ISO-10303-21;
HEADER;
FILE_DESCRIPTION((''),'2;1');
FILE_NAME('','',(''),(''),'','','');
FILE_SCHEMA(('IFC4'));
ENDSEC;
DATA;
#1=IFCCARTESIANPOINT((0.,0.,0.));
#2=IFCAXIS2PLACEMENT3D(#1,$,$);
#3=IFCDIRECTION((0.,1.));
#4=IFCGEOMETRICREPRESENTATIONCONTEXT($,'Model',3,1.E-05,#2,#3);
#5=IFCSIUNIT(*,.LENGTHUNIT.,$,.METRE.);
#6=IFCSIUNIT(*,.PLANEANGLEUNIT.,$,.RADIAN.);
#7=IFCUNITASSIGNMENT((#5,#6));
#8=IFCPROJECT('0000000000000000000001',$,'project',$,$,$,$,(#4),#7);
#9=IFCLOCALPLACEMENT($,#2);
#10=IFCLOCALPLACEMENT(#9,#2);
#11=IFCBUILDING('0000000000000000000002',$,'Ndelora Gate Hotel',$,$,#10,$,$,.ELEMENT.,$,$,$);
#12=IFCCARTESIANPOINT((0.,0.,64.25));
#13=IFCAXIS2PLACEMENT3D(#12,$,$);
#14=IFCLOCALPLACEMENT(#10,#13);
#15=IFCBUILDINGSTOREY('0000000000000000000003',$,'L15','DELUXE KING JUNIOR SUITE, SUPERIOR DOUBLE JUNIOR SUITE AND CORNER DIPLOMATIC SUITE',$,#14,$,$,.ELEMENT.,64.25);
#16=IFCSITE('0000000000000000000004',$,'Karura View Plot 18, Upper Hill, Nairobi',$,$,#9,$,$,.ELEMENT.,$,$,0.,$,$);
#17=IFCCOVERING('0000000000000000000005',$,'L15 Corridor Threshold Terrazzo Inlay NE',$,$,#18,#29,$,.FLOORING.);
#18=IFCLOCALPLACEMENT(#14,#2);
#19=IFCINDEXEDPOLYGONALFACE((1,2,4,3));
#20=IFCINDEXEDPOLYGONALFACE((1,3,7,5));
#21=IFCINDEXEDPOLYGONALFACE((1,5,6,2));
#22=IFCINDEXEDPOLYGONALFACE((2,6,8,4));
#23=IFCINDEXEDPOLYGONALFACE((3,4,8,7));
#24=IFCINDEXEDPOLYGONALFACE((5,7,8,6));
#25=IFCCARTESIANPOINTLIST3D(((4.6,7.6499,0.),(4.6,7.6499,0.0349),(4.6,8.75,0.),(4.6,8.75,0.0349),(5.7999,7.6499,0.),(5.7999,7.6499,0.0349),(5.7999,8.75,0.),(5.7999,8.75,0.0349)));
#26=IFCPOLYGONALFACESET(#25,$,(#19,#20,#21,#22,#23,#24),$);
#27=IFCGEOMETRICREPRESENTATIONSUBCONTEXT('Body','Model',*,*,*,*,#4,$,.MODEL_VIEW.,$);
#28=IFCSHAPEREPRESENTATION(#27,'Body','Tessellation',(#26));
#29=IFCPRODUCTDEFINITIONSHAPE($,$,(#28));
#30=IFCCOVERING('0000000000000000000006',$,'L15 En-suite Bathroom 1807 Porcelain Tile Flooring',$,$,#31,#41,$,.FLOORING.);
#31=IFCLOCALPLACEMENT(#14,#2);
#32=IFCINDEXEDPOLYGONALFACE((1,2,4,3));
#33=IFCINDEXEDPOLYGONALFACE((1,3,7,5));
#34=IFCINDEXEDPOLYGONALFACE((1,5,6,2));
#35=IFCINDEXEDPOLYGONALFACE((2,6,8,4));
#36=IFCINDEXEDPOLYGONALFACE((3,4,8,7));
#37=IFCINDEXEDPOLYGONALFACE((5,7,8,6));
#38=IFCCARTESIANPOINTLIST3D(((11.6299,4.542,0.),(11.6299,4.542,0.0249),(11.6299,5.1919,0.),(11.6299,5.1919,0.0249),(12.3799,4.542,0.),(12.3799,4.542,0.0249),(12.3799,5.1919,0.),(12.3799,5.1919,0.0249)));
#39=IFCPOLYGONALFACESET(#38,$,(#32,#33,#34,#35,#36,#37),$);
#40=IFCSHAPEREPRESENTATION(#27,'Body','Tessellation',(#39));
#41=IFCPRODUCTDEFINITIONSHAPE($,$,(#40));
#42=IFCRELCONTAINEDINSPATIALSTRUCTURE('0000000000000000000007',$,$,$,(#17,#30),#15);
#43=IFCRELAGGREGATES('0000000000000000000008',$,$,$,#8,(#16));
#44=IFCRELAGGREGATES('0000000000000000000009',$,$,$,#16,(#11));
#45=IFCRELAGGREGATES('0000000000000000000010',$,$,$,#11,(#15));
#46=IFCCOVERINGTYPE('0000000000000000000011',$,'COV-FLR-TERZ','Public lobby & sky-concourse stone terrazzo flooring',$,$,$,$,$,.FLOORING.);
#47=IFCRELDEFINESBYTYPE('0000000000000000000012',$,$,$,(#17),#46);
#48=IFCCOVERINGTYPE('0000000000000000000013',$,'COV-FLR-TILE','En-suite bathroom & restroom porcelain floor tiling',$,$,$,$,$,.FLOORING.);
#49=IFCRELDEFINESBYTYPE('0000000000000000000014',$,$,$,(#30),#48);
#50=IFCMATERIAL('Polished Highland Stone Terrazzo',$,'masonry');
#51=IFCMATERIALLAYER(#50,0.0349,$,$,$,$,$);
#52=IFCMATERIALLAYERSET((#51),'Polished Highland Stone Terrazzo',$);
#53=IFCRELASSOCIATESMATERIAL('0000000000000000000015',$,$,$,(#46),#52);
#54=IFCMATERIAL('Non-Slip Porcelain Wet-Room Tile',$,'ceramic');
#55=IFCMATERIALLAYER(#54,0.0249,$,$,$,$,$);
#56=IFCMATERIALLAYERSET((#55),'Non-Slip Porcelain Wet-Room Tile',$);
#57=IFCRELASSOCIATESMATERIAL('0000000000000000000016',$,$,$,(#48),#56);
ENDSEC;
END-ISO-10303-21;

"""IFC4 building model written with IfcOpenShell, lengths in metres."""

from ifc_helpers import new_model, si_unit, direction, frame, origin, origin_2d, place, context, subcontext, project, spatial, rectangle, extrude, material, layer, layer_set, type_object, element, save


model = new_model("IFC4")

# Units and contexts
model_context = context("Model", 3, precision=1e-05, world=origin(), true_north=direction((0.0, 1.0)))
body_context = subcontext(model_context, "Body", "Model", "MODEL_VIEW")
ifc_project = project(units=[si_unit("LENGTHUNIT", "METRE"), si_unit("PLANEANGLEUNIT", "RADIAN")], contexts=[model_context])

# Site, building, storey
site_placement = place(None, origin())
site = spatial("IfcSite", under=ifc_project, at=site_placement, Name="Karura View Plot 18, Upper Hill, Nairobi", CompositionType="ELEMENT", RefElevation=0.0)
building_placement = place(site_placement, origin())
building = spatial("IfcBuilding", under=site, at=building_placement, Name="Ndelora Gate Hotel", CompositionType="ELEMENT")
storey_placement = place(building_placement, frame((0.0, 0.0, 64.25)))
storey = spatial("IfcBuildingStorey", under=building, at=storey_placement, Name="L15", Description="DELUXE KING JUNIOR SUITE, SUPERIOR DOUBLE JUNIOR SUITE AND CORNER DIPLOMATIC SUITE", CompositionType="ELEMENT", Elevation=64.25)

# Coverings
ifc_material_1 = material(Name="Polished Highland Stone Terrazzo", Category="masonry")
ifc_layer_1 = layer(ifc_material_1, 0.0349)
ifc_layer_set_1 = layer_set([ifc_layer_1], Name="Polished Highland Stone Terrazzo")
covering_type_1 = type_object("IfcCoveringType", Name="COV-FLR-TERZ", Description="Public lobby & sky-concourse stone terrazzo flooring", PredefinedType="FLOORING", material=ifc_layer_set_1)
covering_1_placement = place(storey_placement, frame((5.2, 8.2, 0.0), z_axis=(0.0, 0.0, 1.0), x_axis=(1.0, 0.0, 0.0)))
element("IfcCovering", 1, at=covering_1_placement, inside=storey, type_object=covering_type_1, Name="L15 Corridor Threshold Terrazzo Inlay NE", PredefinedType="FLOORING", context=body_context, shape_type="SweptSolid", body=[
    extrude(rectangle(XDim=1.2, YDim=1.1001, at=origin_2d()), origin(), (0.0, 0.0, 1.0), 0.0349),
])
ifc_material_2 = material(Name="Non-Slip Porcelain Wet-Room Tile", Category="ceramic")
ifc_layer_2 = layer(ifc_material_2, 0.0249)
ifc_layer_set_2 = layer_set([ifc_layer_2], Name="Non-Slip Porcelain Wet-Room Tile")
covering_type_2 = type_object("IfcCoveringType", Name="COV-FLR-TILE", Description="En-suite bathroom & restroom porcelain floor tiling", PredefinedType="FLOORING", material=ifc_layer_set_2)
covering_2_placement = place(storey_placement, frame((12.0049, 4.8669, 0.0), z_axis=(0.0, 0.0, 1.0), x_axis=(1.0, 0.0, 0.0)))
element("IfcCovering", 2, at=covering_2_placement, inside=storey, type_object=covering_type_2, Name="L15 En-suite Bathroom 1807 Porcelain Tile Flooring", PredefinedType="FLOORING", context=body_context, shape_type="SweptSolid", body=[
    extrude(rectangle(XDim=0.75, YDim=0.6499, at=origin_2d()), origin(), (0.0, 0.0, 1.0), 0.0249),
])

save(model, "model.ifc")
